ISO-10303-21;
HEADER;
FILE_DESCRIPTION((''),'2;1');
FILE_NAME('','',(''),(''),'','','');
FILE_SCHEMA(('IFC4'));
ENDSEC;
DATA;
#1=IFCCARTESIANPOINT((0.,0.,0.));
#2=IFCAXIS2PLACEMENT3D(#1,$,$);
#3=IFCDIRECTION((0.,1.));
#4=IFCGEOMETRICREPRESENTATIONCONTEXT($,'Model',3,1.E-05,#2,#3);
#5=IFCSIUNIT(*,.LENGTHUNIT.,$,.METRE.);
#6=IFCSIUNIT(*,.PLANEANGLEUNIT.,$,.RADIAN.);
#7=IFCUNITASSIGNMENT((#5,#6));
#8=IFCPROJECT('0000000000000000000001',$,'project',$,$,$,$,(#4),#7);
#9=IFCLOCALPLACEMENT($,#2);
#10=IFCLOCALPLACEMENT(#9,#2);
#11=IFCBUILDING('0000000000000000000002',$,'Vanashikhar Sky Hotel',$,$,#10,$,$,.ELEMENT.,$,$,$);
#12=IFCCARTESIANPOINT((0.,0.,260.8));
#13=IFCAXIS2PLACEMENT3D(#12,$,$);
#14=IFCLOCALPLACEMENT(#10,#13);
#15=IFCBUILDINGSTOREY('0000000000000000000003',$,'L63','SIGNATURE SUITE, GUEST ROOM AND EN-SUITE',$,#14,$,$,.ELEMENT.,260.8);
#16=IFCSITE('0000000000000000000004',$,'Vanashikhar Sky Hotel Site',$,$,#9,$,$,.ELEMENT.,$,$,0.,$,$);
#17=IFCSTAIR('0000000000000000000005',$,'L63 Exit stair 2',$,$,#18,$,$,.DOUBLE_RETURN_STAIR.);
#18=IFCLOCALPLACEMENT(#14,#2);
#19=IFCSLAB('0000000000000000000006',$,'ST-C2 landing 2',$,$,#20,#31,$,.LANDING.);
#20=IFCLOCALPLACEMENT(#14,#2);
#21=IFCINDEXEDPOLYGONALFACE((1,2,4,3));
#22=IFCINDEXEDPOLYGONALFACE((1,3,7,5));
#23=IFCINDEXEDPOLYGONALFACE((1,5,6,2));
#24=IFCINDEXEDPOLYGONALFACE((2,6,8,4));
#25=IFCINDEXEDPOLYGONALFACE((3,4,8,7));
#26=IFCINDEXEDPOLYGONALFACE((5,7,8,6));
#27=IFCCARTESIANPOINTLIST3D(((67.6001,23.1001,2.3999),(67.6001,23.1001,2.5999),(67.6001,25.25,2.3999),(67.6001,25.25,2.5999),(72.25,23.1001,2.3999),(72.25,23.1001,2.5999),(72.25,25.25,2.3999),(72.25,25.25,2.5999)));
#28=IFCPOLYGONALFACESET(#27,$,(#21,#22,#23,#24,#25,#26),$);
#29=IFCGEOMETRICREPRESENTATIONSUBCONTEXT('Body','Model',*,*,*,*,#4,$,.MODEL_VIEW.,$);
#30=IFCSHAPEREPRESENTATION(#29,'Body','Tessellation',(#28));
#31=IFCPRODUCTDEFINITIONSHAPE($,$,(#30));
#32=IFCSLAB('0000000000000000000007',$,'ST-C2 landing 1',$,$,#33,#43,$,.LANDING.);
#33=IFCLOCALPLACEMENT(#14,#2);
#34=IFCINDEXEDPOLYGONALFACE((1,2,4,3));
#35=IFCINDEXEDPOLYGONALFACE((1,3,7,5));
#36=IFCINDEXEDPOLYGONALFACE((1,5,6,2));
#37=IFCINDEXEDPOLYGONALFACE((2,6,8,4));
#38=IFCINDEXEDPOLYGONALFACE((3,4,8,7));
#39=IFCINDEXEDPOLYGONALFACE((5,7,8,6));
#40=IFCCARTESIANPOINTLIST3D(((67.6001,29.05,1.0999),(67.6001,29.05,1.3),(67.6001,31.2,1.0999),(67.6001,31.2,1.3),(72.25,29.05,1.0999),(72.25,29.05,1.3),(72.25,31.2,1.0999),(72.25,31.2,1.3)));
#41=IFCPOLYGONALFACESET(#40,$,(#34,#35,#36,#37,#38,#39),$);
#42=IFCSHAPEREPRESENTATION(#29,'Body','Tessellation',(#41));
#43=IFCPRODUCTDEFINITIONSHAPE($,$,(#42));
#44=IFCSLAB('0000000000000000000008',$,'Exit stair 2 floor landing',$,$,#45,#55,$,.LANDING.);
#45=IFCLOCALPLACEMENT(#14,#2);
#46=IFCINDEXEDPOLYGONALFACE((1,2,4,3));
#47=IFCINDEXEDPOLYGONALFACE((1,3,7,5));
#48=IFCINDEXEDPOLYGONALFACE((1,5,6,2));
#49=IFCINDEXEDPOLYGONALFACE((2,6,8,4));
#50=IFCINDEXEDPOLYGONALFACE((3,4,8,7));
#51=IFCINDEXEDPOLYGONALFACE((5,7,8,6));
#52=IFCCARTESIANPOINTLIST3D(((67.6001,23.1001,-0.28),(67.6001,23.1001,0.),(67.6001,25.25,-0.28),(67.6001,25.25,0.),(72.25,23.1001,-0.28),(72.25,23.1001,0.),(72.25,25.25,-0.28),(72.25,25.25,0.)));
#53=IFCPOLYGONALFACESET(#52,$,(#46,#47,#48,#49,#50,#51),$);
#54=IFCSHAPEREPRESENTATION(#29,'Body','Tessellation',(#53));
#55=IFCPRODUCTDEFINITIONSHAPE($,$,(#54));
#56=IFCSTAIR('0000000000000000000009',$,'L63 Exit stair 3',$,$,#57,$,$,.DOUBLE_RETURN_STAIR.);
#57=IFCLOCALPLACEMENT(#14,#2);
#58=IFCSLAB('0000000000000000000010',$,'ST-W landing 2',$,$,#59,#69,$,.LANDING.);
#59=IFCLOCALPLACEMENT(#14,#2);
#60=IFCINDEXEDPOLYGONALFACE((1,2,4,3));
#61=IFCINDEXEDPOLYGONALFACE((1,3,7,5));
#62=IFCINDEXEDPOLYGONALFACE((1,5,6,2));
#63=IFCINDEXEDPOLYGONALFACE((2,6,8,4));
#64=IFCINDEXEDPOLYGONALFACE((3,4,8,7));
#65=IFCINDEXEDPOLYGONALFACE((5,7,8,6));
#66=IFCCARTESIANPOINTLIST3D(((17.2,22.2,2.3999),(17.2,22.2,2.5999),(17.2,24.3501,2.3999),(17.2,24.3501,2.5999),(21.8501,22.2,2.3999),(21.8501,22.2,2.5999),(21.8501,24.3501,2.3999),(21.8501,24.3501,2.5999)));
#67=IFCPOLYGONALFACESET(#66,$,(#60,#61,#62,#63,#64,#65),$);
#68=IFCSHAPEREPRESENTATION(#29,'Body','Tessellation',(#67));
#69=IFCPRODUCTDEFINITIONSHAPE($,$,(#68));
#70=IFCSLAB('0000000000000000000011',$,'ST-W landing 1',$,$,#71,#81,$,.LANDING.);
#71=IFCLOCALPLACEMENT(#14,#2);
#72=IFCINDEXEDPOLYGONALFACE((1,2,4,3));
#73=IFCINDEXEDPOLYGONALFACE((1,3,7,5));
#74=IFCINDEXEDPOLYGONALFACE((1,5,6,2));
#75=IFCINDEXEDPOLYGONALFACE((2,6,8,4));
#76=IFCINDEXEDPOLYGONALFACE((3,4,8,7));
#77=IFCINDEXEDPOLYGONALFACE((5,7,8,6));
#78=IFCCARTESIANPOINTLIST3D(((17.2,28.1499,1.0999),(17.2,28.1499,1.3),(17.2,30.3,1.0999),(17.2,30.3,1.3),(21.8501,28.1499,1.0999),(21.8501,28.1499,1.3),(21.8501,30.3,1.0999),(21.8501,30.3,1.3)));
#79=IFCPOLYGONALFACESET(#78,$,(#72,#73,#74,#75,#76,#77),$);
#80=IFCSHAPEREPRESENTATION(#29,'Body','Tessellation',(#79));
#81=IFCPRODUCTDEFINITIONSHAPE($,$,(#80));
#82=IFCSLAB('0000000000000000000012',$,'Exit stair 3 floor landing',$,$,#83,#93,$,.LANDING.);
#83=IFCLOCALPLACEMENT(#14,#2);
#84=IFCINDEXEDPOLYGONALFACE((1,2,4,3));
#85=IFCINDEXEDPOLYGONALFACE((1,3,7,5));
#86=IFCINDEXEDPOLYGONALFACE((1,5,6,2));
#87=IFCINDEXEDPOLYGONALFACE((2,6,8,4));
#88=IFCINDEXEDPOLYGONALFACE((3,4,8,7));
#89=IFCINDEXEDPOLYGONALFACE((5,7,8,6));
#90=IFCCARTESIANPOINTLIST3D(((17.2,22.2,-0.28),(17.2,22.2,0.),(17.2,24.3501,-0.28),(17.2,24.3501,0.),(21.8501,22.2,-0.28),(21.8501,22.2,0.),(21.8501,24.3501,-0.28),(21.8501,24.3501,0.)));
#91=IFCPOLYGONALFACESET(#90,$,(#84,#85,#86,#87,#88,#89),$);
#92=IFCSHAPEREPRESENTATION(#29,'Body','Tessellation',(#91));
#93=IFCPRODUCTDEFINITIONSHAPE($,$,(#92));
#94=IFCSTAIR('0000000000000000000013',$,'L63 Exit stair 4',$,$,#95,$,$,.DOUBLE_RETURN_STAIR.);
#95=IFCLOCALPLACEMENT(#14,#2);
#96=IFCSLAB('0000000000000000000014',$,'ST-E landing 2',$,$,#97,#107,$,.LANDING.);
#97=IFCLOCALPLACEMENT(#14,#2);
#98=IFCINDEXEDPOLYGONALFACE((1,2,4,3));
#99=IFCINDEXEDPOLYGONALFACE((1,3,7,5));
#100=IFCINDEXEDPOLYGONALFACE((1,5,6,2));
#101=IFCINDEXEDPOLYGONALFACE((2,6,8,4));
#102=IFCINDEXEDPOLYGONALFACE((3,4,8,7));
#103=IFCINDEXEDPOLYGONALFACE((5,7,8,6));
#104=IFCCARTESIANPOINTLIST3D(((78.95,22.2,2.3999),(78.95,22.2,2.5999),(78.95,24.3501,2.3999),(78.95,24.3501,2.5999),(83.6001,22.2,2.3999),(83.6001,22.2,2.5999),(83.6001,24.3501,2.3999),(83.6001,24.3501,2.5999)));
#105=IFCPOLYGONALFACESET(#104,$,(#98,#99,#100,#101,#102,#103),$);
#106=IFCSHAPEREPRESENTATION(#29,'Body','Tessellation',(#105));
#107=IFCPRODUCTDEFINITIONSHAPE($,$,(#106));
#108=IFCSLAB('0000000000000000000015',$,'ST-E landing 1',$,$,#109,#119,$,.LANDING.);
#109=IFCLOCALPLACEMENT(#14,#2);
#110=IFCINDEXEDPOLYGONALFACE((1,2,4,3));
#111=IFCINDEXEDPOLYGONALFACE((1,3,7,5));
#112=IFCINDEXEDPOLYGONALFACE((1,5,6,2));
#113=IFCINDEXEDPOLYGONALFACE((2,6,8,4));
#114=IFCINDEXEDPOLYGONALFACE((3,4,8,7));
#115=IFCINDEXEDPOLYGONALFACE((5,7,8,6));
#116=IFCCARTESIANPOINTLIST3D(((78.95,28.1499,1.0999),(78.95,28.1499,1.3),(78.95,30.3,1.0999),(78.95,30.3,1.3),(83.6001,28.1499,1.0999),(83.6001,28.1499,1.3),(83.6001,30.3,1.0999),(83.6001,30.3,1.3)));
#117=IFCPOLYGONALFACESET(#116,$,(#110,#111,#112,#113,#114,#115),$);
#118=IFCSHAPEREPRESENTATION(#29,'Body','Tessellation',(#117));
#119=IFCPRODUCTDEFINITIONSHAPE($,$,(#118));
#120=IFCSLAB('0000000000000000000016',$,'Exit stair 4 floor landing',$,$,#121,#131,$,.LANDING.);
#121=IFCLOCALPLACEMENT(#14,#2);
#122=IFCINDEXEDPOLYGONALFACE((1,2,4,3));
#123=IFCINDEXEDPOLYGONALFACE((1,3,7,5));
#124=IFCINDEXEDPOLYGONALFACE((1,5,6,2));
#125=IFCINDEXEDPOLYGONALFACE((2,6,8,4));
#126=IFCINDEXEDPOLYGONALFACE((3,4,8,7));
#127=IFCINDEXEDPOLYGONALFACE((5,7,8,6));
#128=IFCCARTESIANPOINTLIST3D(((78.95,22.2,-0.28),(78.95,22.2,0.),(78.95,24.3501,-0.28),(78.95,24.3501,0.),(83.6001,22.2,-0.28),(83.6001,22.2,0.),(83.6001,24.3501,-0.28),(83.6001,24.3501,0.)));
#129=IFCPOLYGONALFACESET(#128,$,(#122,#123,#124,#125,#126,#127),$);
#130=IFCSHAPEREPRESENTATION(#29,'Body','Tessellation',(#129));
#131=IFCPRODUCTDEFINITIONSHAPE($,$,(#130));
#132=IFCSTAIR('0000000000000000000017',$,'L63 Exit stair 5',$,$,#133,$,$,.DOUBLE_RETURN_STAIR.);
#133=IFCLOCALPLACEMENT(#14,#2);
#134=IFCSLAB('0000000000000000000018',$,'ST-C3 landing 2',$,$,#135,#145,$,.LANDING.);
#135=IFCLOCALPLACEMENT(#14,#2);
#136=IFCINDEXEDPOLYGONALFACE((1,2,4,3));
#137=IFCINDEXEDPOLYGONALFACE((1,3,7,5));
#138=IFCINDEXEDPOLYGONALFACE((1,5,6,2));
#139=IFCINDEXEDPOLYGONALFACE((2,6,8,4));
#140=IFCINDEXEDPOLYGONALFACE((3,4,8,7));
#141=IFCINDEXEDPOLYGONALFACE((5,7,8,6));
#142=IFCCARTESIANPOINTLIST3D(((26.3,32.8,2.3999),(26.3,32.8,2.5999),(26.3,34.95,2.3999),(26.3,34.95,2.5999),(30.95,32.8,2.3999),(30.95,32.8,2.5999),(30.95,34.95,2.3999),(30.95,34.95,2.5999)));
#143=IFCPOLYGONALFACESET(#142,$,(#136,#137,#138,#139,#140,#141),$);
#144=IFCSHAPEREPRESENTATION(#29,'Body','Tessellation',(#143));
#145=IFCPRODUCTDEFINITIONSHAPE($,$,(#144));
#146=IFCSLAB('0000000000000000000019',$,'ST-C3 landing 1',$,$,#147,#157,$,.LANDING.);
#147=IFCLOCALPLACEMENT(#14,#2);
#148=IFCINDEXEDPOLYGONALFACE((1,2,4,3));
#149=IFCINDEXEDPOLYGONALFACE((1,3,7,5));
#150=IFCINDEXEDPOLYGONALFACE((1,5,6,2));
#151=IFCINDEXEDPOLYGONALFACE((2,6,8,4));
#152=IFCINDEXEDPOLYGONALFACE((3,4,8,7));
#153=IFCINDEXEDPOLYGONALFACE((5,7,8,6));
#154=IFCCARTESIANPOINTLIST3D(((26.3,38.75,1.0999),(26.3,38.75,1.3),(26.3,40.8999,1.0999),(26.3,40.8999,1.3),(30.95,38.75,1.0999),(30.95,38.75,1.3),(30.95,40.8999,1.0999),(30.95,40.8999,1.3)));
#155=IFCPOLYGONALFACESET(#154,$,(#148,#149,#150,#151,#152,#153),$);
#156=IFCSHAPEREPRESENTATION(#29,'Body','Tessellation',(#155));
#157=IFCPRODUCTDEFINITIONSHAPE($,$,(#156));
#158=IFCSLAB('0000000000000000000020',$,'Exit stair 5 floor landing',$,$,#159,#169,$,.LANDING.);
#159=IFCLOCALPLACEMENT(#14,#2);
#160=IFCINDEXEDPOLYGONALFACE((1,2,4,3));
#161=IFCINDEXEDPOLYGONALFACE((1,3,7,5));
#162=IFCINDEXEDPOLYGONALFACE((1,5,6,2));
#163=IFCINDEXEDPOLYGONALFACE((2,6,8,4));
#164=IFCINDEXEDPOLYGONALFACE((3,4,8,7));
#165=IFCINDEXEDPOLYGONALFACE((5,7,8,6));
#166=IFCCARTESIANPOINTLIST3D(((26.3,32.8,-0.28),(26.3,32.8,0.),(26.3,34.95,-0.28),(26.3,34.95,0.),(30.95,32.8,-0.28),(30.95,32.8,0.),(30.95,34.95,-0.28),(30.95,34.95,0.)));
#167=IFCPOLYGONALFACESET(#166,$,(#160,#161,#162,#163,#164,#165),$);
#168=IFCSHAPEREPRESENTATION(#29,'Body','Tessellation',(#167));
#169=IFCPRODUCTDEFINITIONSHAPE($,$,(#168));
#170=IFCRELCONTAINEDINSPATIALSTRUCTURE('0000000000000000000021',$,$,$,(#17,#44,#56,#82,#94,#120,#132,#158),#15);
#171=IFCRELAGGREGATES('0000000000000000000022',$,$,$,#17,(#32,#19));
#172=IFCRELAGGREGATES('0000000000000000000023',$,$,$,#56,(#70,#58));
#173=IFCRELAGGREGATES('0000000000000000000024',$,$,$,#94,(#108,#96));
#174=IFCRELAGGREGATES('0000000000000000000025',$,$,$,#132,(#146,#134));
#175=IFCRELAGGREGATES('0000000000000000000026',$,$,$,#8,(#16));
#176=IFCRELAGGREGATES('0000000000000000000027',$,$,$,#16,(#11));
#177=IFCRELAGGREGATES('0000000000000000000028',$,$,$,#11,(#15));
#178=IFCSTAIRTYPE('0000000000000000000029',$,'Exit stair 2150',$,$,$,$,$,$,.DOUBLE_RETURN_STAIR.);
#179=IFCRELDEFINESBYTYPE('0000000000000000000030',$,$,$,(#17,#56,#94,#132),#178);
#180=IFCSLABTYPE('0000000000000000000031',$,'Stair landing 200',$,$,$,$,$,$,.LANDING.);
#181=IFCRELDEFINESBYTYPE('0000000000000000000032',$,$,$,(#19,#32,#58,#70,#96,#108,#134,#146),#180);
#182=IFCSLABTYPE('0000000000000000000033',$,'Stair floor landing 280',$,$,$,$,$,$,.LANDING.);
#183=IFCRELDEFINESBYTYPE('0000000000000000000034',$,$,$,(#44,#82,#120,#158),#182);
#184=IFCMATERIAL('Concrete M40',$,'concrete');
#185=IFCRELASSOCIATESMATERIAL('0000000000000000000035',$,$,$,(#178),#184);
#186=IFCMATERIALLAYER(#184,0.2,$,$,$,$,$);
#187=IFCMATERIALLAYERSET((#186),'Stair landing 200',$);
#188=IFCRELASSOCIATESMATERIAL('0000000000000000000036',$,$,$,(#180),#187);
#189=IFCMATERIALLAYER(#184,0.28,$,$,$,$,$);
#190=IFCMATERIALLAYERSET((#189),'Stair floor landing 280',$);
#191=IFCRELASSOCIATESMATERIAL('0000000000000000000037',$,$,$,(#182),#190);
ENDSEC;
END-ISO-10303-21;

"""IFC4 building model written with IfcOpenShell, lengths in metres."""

from ifc_helpers import new_model, si_unit, direction, frame, origin, place, context, subcontext, project, spatial, polyline, outline, extrude, source, transform, mapped, material, layer, layer_set, type_object, element, aggregate, save


model = new_model("IFC4")

# Units and contexts
model_context = context("Model", 3, precision=1e-05, world=origin(), true_north=direction((0.0, 1.0)))
body_context = subcontext(model_context, "Body", "Model", "MODEL_VIEW")
ifc_project = project(units=[si_unit("LENGTHUNIT", "METRE"), si_unit("PLANEANGLEUNIT", "RADIAN")], contexts=[model_context])

# Site, building, storey
site_placement = place(None, origin())
site = spatial("IfcSite", under=ifc_project, at=site_placement, Name="Vanashikhar Sky Hotel Site", CompositionType="ELEMENT", RefElevation=0.0)
building_placement = place(site_placement, origin())
building = spatial("IfcBuilding", under=site, at=building_placement, Name="Vanashikhar Sky Hotel", CompositionType="ELEMENT")
storey_placement = place(building_placement, frame((0.0, 0.0, 260.8)))
storey = spatial("IfcBuildingStorey", under=building, at=storey_placement, Name="L63", Description="SIGNATURE SUITE, GUEST ROOM AND EN-SUITE", CompositionType="ELEMENT", Elevation=260.8)

# Shared definitions
ifc_material = material(Name="Concrete M40", Category="concrete")

# Shared definitions
stair_type = type_object("IfcStairType", Name="Exit stair 2150", PredefinedType="DOUBLE_RETURN_STAIR", material=ifc_material)
ifc_layer_1 = layer(ifc_material, 0.2)
ifc_layer_set_1 = layer_set([ifc_layer_1], Name="Stair landing 200")
slab_type_1 = type_object("IfcSlabType", Name="Stair landing 200", PredefinedType="LANDING", material=ifc_layer_set_1)

# Shared definitions
ifc_layer_2 = layer(ifc_material, 0.28)
ifc_layer_set_2 = layer_set([ifc_layer_2], Name="Stair floor landing 280")
slab_type_2 = type_object("IfcSlabType", Name="Stair floor landing 280", PredefinedType="LANDING", material=ifc_layer_set_2)

# Stair, slabs
stair_1_placement = place(storey_placement, origin())
stair_1 = element("IfcStair", 1, at=stair_1_placement, inside=storey, type_object=stair_type, Name="L63 Exit stair 2", PredefinedType="DOUBLE_RETURN_STAIR")
shared_shape_1 = source(origin(), body_context, "Body", "SweptSolid", [
    extrude(outline(polyline([(72.25, 23.1001), (72.25, 25.25), (67.6001, 25.25), (67.6001, 23.1001), (72.25, 23.1001)])), origin(), (0.0, 0.0, 1.0), 0.2),
])
slab_1_placement = place(storey_placement, frame((0.0, 0.0, 2.3999)))
slab_1 = element("IfcSlab", 2, at=slab_1_placement, type_object=slab_type_1, Name="ST-C2 landing 2", PredefinedType="LANDING", context=body_context, shape_type="MappedRepresentation", body=[
    mapped(shared_shape_1, transform((0.0, 0.0, 0.0), scale=1.0)),
])
shared_shape_2 = source(origin(), body_context, "Body", "SweptSolid", [
    extrude(outline(polyline([(72.25, 29.05), (72.25, 31.2), (67.6001, 31.2), (67.6001, 29.05), (72.25, 29.05)])), origin(), (0.0, 0.0, 1.0), 0.2002),
])
slab_2_placement = place(storey_placement, frame((0.0, 0.0, 1.0999)))
slab_2 = element("IfcSlab", 3, at=slab_2_placement, type_object=slab_type_1, Name="ST-C2 landing 1", PredefinedType="LANDING", context=body_context, shape_type="MappedRepresentation", body=[
    mapped(shared_shape_2, transform((0.0, 0.0, 0.0), scale=1.0)),
])
aggregate(stair_1, [slab_2, slab_1])

# Slab
shared_shape_3 = source(origin(), body_context, "Body", "SweptSolid", [
    extrude(outline(polyline([(72.25, 23.1001), (72.25, 25.25), (67.6001, 25.25), (67.6001, 23.1001), (72.25, 23.1001)])), origin(), (0.0, 0.0, 1.0), 0.28),
])
slab_3_placement = place(storey_placement, frame((0.0, 0.0, -0.28)))
element("IfcSlab", 4, at=slab_3_placement, inside=storey, type_object=slab_type_2, Name="Exit stair 2 floor landing", PredefinedType="LANDING", context=body_context, shape_type="MappedRepresentation", body=[
    mapped(shared_shape_3, transform((0.0, 0.0, 0.0), scale=1.0)),
])

# Stair, slabs
stair_2_placement = place(storey_placement, origin())
stair_2 = element("IfcStair", 5, at=stair_2_placement, inside=storey, type_object=stair_type, Name="L63 Exit stair 3", PredefinedType="DOUBLE_RETURN_STAIR")
shared_shape_4 = source(origin(), body_context, "Body", "SweptSolid", [
    extrude(outline(polyline([(21.8501, 22.2), (21.8501, 24.3501), (17.2, 24.3501), (17.2, 22.2), (21.8501, 22.2)])), origin(), (0.0, 0.0, 1.0), 0.2),
])
slab_4_placement = place(storey_placement, frame((0.0, 0.0, 2.3999)))
slab_4 = element("IfcSlab", 6, at=slab_4_placement, type_object=slab_type_1, Name="ST-W landing 2", PredefinedType="LANDING", context=body_context, shape_type="MappedRepresentation", body=[
    mapped(shared_shape_4, transform((0.0, 0.0, 0.0), scale=1.0)),
])
shared_shape_5 = source(origin(), body_context, "Body", "SweptSolid", [
    extrude(outline(polyline([(21.8501, 28.1499), (21.8501, 30.3), (17.2, 30.3), (17.2, 28.1499), (21.8501, 28.1499)])), origin(), (0.0, 0.0, 1.0), 0.2002),
])
slab_5_placement = place(storey_placement, frame((0.0, 0.0, 1.0999)))
slab_5 = element("IfcSlab", 7, at=slab_5_placement, type_object=slab_type_1, Name="ST-W landing 1", PredefinedType="LANDING", context=body_context, shape_type="MappedRepresentation", body=[
    mapped(shared_shape_5, transform((0.0, 0.0, 0.0), scale=1.0)),
])
aggregate(stair_2, [slab_5, slab_4])

# Slab
shared_shape_6 = source(origin(), body_context, "Body", "SweptSolid", [
    extrude(outline(polyline([(21.8501, 22.2), (21.8501, 24.3501), (17.2, 24.3501), (17.2, 22.2), (21.8501, 22.2)])), origin(), (0.0, 0.0, 1.0), 0.28),
])
slab_6_placement = place(storey_placement, frame((0.0, 0.0, -0.28)))
element("IfcSlab", 8, at=slab_6_placement, inside=storey, type_object=slab_type_2, Name="Exit stair 3 floor landing", PredefinedType="LANDING", context=body_context, shape_type="MappedRepresentation", body=[
    mapped(shared_shape_6, transform((0.0, 0.0, 0.0), scale=1.0)),
])

# Stair, slabs
stair_3_placement = place(storey_placement, origin())
stair_3 = element("IfcStair", 9, at=stair_3_placement, inside=storey, type_object=stair_type, Name="L63 Exit stair 4", PredefinedType="DOUBLE_RETURN_STAIR")
shared_shape_7 = source(origin(), body_context, "Body", "SweptSolid", [
    extrude(outline(polyline([(83.6001, 22.2), (83.6001, 24.3501), (78.95, 24.3501), (78.95, 22.2), (83.6001, 22.2)])), origin(), (0.0, 0.0, 1.0), 0.2),
])
slab_7_placement = place(storey_placement, frame((0.0, 0.0, 2.3999)))
slab_7 = element("IfcSlab", 10, at=slab_7_placement, type_object=slab_type_1, Name="ST-E landing 2", PredefinedType="LANDING", context=body_context, shape_type="MappedRepresentation", body=[
    mapped(shared_shape_7, transform((0.0, 0.0, 0.0), scale=1.0)),
])
shared_shape_8 = source(origin(), body_context, "Body", "SweptSolid", [
    extrude(outline(polyline([(83.6001, 28.1499), (83.6001, 30.3), (78.95, 30.3), (78.95, 28.1499), (83.6001, 28.1499)])), origin(), (0.0, 0.0, 1.0), 0.2002),
])
slab_8_placement = place(storey_placement, frame((0.0, 0.0, 1.0999)))
slab_8 = element("IfcSlab", 11, at=slab_8_placement, type_object=slab_type_1, Name="ST-E landing 1", PredefinedType="LANDING", context=body_context, shape_type="MappedRepresentation", body=[
    mapped(shared_shape_8, transform((0.0, 0.0, 0.0), scale=1.0)),
])
aggregate(stair_3, [slab_8, slab_7])

# Slab
shared_shape_9 = source(origin(), body_context, "Body", "SweptSolid", [
    extrude(outline(polyline([(83.6001, 22.2), (83.6001, 24.3501), (78.95, 24.3501), (78.95, 22.2), (83.6001, 22.2)])), origin(), (0.0, 0.0, 1.0), 0.28),
])
slab_9_placement = place(storey_placement, frame((0.0, 0.0, -0.28)))
element("IfcSlab", 12, at=slab_9_placement, inside=storey, type_object=slab_type_2, Name="Exit stair 4 floor landing", PredefinedType="LANDING", context=body_context, shape_type="MappedRepresentation", body=[
    mapped(shared_shape_9, transform((0.0, 0.0, 0.0), scale=1.0)),
])

# Stair, slabs
stair_4_placement = place(storey_placement, origin())
stair_4 = element("IfcStair", 13, at=stair_4_placement, inside=storey, type_object=stair_type, Name="L63 Exit stair 5", PredefinedType="DOUBLE_RETURN_STAIR")
shared_shape_10 = source(origin(), body_context, "Body", "SweptSolid", [
    extrude(outline(polyline([(30.95, 32.8), (30.95, 34.95), (26.3, 34.95), (26.3, 32.8), (30.95, 32.8)])), origin(), (0.0, 0.0, 1.0), 0.2),
])
slab_10_placement = place(storey_placement, frame((0.0, 0.0, 2.3999)))
slab_10 = element("IfcSlab", 14, at=slab_10_placement, type_object=slab_type_1, Name="ST-C3 landing 2", PredefinedType="LANDING", context=body_context, shape_type="MappedRepresentation", body=[
    mapped(shared_shape_10, transform((0.0, 0.0, 0.0), scale=1.0)),
])
shared_shape_11 = source(origin(), body_context, "Body", "SweptSolid", [
    extrude(outline(polyline([(30.95, 38.75), (30.95, 40.8999), (26.3, 40.8999), (26.3, 38.75), (30.95, 38.75)])), origin(), (0.0, 0.0, 1.0), 0.2002),
])
slab_11_placement = place(storey_placement, frame((0.0, 0.0, 1.0999)))
slab_11 = element("IfcSlab", 15, at=slab_11_placement, type_object=slab_type_1, Name="ST-C3 landing 1", PredefinedType="LANDING", context=body_context, shape_type="MappedRepresentation", body=[
    mapped(shared_shape_11, transform((0.0, 0.0, 0.0), scale=1.0)),
])
aggregate(stair_4, [slab_11, slab_10])

# Slab
shared_shape_12 = source(origin(), body_context, "Body", "SweptSolid", [
    extrude(outline(polyline([(30.95, 32.8), (30.95, 34.95), (26.3, 34.95), (26.3, 32.8), (30.95, 32.8)])), origin(), (0.0, 0.0, 1.0), 0.28),
])
slab_12_placement = place(storey_placement, frame((0.0, 0.0, -0.28)))
element("IfcSlab", 16, at=slab_12_placement, inside=storey, type_object=slab_type_2, Name="Exit stair 5 floor landing", PredefinedType="LANDING", context=body_context, shape_type="MappedRepresentation", body=[
    mapped(shared_shape_12, transform((0.0, 0.0, 0.0), scale=1.0)),
])

save(model, "model.ifc")
